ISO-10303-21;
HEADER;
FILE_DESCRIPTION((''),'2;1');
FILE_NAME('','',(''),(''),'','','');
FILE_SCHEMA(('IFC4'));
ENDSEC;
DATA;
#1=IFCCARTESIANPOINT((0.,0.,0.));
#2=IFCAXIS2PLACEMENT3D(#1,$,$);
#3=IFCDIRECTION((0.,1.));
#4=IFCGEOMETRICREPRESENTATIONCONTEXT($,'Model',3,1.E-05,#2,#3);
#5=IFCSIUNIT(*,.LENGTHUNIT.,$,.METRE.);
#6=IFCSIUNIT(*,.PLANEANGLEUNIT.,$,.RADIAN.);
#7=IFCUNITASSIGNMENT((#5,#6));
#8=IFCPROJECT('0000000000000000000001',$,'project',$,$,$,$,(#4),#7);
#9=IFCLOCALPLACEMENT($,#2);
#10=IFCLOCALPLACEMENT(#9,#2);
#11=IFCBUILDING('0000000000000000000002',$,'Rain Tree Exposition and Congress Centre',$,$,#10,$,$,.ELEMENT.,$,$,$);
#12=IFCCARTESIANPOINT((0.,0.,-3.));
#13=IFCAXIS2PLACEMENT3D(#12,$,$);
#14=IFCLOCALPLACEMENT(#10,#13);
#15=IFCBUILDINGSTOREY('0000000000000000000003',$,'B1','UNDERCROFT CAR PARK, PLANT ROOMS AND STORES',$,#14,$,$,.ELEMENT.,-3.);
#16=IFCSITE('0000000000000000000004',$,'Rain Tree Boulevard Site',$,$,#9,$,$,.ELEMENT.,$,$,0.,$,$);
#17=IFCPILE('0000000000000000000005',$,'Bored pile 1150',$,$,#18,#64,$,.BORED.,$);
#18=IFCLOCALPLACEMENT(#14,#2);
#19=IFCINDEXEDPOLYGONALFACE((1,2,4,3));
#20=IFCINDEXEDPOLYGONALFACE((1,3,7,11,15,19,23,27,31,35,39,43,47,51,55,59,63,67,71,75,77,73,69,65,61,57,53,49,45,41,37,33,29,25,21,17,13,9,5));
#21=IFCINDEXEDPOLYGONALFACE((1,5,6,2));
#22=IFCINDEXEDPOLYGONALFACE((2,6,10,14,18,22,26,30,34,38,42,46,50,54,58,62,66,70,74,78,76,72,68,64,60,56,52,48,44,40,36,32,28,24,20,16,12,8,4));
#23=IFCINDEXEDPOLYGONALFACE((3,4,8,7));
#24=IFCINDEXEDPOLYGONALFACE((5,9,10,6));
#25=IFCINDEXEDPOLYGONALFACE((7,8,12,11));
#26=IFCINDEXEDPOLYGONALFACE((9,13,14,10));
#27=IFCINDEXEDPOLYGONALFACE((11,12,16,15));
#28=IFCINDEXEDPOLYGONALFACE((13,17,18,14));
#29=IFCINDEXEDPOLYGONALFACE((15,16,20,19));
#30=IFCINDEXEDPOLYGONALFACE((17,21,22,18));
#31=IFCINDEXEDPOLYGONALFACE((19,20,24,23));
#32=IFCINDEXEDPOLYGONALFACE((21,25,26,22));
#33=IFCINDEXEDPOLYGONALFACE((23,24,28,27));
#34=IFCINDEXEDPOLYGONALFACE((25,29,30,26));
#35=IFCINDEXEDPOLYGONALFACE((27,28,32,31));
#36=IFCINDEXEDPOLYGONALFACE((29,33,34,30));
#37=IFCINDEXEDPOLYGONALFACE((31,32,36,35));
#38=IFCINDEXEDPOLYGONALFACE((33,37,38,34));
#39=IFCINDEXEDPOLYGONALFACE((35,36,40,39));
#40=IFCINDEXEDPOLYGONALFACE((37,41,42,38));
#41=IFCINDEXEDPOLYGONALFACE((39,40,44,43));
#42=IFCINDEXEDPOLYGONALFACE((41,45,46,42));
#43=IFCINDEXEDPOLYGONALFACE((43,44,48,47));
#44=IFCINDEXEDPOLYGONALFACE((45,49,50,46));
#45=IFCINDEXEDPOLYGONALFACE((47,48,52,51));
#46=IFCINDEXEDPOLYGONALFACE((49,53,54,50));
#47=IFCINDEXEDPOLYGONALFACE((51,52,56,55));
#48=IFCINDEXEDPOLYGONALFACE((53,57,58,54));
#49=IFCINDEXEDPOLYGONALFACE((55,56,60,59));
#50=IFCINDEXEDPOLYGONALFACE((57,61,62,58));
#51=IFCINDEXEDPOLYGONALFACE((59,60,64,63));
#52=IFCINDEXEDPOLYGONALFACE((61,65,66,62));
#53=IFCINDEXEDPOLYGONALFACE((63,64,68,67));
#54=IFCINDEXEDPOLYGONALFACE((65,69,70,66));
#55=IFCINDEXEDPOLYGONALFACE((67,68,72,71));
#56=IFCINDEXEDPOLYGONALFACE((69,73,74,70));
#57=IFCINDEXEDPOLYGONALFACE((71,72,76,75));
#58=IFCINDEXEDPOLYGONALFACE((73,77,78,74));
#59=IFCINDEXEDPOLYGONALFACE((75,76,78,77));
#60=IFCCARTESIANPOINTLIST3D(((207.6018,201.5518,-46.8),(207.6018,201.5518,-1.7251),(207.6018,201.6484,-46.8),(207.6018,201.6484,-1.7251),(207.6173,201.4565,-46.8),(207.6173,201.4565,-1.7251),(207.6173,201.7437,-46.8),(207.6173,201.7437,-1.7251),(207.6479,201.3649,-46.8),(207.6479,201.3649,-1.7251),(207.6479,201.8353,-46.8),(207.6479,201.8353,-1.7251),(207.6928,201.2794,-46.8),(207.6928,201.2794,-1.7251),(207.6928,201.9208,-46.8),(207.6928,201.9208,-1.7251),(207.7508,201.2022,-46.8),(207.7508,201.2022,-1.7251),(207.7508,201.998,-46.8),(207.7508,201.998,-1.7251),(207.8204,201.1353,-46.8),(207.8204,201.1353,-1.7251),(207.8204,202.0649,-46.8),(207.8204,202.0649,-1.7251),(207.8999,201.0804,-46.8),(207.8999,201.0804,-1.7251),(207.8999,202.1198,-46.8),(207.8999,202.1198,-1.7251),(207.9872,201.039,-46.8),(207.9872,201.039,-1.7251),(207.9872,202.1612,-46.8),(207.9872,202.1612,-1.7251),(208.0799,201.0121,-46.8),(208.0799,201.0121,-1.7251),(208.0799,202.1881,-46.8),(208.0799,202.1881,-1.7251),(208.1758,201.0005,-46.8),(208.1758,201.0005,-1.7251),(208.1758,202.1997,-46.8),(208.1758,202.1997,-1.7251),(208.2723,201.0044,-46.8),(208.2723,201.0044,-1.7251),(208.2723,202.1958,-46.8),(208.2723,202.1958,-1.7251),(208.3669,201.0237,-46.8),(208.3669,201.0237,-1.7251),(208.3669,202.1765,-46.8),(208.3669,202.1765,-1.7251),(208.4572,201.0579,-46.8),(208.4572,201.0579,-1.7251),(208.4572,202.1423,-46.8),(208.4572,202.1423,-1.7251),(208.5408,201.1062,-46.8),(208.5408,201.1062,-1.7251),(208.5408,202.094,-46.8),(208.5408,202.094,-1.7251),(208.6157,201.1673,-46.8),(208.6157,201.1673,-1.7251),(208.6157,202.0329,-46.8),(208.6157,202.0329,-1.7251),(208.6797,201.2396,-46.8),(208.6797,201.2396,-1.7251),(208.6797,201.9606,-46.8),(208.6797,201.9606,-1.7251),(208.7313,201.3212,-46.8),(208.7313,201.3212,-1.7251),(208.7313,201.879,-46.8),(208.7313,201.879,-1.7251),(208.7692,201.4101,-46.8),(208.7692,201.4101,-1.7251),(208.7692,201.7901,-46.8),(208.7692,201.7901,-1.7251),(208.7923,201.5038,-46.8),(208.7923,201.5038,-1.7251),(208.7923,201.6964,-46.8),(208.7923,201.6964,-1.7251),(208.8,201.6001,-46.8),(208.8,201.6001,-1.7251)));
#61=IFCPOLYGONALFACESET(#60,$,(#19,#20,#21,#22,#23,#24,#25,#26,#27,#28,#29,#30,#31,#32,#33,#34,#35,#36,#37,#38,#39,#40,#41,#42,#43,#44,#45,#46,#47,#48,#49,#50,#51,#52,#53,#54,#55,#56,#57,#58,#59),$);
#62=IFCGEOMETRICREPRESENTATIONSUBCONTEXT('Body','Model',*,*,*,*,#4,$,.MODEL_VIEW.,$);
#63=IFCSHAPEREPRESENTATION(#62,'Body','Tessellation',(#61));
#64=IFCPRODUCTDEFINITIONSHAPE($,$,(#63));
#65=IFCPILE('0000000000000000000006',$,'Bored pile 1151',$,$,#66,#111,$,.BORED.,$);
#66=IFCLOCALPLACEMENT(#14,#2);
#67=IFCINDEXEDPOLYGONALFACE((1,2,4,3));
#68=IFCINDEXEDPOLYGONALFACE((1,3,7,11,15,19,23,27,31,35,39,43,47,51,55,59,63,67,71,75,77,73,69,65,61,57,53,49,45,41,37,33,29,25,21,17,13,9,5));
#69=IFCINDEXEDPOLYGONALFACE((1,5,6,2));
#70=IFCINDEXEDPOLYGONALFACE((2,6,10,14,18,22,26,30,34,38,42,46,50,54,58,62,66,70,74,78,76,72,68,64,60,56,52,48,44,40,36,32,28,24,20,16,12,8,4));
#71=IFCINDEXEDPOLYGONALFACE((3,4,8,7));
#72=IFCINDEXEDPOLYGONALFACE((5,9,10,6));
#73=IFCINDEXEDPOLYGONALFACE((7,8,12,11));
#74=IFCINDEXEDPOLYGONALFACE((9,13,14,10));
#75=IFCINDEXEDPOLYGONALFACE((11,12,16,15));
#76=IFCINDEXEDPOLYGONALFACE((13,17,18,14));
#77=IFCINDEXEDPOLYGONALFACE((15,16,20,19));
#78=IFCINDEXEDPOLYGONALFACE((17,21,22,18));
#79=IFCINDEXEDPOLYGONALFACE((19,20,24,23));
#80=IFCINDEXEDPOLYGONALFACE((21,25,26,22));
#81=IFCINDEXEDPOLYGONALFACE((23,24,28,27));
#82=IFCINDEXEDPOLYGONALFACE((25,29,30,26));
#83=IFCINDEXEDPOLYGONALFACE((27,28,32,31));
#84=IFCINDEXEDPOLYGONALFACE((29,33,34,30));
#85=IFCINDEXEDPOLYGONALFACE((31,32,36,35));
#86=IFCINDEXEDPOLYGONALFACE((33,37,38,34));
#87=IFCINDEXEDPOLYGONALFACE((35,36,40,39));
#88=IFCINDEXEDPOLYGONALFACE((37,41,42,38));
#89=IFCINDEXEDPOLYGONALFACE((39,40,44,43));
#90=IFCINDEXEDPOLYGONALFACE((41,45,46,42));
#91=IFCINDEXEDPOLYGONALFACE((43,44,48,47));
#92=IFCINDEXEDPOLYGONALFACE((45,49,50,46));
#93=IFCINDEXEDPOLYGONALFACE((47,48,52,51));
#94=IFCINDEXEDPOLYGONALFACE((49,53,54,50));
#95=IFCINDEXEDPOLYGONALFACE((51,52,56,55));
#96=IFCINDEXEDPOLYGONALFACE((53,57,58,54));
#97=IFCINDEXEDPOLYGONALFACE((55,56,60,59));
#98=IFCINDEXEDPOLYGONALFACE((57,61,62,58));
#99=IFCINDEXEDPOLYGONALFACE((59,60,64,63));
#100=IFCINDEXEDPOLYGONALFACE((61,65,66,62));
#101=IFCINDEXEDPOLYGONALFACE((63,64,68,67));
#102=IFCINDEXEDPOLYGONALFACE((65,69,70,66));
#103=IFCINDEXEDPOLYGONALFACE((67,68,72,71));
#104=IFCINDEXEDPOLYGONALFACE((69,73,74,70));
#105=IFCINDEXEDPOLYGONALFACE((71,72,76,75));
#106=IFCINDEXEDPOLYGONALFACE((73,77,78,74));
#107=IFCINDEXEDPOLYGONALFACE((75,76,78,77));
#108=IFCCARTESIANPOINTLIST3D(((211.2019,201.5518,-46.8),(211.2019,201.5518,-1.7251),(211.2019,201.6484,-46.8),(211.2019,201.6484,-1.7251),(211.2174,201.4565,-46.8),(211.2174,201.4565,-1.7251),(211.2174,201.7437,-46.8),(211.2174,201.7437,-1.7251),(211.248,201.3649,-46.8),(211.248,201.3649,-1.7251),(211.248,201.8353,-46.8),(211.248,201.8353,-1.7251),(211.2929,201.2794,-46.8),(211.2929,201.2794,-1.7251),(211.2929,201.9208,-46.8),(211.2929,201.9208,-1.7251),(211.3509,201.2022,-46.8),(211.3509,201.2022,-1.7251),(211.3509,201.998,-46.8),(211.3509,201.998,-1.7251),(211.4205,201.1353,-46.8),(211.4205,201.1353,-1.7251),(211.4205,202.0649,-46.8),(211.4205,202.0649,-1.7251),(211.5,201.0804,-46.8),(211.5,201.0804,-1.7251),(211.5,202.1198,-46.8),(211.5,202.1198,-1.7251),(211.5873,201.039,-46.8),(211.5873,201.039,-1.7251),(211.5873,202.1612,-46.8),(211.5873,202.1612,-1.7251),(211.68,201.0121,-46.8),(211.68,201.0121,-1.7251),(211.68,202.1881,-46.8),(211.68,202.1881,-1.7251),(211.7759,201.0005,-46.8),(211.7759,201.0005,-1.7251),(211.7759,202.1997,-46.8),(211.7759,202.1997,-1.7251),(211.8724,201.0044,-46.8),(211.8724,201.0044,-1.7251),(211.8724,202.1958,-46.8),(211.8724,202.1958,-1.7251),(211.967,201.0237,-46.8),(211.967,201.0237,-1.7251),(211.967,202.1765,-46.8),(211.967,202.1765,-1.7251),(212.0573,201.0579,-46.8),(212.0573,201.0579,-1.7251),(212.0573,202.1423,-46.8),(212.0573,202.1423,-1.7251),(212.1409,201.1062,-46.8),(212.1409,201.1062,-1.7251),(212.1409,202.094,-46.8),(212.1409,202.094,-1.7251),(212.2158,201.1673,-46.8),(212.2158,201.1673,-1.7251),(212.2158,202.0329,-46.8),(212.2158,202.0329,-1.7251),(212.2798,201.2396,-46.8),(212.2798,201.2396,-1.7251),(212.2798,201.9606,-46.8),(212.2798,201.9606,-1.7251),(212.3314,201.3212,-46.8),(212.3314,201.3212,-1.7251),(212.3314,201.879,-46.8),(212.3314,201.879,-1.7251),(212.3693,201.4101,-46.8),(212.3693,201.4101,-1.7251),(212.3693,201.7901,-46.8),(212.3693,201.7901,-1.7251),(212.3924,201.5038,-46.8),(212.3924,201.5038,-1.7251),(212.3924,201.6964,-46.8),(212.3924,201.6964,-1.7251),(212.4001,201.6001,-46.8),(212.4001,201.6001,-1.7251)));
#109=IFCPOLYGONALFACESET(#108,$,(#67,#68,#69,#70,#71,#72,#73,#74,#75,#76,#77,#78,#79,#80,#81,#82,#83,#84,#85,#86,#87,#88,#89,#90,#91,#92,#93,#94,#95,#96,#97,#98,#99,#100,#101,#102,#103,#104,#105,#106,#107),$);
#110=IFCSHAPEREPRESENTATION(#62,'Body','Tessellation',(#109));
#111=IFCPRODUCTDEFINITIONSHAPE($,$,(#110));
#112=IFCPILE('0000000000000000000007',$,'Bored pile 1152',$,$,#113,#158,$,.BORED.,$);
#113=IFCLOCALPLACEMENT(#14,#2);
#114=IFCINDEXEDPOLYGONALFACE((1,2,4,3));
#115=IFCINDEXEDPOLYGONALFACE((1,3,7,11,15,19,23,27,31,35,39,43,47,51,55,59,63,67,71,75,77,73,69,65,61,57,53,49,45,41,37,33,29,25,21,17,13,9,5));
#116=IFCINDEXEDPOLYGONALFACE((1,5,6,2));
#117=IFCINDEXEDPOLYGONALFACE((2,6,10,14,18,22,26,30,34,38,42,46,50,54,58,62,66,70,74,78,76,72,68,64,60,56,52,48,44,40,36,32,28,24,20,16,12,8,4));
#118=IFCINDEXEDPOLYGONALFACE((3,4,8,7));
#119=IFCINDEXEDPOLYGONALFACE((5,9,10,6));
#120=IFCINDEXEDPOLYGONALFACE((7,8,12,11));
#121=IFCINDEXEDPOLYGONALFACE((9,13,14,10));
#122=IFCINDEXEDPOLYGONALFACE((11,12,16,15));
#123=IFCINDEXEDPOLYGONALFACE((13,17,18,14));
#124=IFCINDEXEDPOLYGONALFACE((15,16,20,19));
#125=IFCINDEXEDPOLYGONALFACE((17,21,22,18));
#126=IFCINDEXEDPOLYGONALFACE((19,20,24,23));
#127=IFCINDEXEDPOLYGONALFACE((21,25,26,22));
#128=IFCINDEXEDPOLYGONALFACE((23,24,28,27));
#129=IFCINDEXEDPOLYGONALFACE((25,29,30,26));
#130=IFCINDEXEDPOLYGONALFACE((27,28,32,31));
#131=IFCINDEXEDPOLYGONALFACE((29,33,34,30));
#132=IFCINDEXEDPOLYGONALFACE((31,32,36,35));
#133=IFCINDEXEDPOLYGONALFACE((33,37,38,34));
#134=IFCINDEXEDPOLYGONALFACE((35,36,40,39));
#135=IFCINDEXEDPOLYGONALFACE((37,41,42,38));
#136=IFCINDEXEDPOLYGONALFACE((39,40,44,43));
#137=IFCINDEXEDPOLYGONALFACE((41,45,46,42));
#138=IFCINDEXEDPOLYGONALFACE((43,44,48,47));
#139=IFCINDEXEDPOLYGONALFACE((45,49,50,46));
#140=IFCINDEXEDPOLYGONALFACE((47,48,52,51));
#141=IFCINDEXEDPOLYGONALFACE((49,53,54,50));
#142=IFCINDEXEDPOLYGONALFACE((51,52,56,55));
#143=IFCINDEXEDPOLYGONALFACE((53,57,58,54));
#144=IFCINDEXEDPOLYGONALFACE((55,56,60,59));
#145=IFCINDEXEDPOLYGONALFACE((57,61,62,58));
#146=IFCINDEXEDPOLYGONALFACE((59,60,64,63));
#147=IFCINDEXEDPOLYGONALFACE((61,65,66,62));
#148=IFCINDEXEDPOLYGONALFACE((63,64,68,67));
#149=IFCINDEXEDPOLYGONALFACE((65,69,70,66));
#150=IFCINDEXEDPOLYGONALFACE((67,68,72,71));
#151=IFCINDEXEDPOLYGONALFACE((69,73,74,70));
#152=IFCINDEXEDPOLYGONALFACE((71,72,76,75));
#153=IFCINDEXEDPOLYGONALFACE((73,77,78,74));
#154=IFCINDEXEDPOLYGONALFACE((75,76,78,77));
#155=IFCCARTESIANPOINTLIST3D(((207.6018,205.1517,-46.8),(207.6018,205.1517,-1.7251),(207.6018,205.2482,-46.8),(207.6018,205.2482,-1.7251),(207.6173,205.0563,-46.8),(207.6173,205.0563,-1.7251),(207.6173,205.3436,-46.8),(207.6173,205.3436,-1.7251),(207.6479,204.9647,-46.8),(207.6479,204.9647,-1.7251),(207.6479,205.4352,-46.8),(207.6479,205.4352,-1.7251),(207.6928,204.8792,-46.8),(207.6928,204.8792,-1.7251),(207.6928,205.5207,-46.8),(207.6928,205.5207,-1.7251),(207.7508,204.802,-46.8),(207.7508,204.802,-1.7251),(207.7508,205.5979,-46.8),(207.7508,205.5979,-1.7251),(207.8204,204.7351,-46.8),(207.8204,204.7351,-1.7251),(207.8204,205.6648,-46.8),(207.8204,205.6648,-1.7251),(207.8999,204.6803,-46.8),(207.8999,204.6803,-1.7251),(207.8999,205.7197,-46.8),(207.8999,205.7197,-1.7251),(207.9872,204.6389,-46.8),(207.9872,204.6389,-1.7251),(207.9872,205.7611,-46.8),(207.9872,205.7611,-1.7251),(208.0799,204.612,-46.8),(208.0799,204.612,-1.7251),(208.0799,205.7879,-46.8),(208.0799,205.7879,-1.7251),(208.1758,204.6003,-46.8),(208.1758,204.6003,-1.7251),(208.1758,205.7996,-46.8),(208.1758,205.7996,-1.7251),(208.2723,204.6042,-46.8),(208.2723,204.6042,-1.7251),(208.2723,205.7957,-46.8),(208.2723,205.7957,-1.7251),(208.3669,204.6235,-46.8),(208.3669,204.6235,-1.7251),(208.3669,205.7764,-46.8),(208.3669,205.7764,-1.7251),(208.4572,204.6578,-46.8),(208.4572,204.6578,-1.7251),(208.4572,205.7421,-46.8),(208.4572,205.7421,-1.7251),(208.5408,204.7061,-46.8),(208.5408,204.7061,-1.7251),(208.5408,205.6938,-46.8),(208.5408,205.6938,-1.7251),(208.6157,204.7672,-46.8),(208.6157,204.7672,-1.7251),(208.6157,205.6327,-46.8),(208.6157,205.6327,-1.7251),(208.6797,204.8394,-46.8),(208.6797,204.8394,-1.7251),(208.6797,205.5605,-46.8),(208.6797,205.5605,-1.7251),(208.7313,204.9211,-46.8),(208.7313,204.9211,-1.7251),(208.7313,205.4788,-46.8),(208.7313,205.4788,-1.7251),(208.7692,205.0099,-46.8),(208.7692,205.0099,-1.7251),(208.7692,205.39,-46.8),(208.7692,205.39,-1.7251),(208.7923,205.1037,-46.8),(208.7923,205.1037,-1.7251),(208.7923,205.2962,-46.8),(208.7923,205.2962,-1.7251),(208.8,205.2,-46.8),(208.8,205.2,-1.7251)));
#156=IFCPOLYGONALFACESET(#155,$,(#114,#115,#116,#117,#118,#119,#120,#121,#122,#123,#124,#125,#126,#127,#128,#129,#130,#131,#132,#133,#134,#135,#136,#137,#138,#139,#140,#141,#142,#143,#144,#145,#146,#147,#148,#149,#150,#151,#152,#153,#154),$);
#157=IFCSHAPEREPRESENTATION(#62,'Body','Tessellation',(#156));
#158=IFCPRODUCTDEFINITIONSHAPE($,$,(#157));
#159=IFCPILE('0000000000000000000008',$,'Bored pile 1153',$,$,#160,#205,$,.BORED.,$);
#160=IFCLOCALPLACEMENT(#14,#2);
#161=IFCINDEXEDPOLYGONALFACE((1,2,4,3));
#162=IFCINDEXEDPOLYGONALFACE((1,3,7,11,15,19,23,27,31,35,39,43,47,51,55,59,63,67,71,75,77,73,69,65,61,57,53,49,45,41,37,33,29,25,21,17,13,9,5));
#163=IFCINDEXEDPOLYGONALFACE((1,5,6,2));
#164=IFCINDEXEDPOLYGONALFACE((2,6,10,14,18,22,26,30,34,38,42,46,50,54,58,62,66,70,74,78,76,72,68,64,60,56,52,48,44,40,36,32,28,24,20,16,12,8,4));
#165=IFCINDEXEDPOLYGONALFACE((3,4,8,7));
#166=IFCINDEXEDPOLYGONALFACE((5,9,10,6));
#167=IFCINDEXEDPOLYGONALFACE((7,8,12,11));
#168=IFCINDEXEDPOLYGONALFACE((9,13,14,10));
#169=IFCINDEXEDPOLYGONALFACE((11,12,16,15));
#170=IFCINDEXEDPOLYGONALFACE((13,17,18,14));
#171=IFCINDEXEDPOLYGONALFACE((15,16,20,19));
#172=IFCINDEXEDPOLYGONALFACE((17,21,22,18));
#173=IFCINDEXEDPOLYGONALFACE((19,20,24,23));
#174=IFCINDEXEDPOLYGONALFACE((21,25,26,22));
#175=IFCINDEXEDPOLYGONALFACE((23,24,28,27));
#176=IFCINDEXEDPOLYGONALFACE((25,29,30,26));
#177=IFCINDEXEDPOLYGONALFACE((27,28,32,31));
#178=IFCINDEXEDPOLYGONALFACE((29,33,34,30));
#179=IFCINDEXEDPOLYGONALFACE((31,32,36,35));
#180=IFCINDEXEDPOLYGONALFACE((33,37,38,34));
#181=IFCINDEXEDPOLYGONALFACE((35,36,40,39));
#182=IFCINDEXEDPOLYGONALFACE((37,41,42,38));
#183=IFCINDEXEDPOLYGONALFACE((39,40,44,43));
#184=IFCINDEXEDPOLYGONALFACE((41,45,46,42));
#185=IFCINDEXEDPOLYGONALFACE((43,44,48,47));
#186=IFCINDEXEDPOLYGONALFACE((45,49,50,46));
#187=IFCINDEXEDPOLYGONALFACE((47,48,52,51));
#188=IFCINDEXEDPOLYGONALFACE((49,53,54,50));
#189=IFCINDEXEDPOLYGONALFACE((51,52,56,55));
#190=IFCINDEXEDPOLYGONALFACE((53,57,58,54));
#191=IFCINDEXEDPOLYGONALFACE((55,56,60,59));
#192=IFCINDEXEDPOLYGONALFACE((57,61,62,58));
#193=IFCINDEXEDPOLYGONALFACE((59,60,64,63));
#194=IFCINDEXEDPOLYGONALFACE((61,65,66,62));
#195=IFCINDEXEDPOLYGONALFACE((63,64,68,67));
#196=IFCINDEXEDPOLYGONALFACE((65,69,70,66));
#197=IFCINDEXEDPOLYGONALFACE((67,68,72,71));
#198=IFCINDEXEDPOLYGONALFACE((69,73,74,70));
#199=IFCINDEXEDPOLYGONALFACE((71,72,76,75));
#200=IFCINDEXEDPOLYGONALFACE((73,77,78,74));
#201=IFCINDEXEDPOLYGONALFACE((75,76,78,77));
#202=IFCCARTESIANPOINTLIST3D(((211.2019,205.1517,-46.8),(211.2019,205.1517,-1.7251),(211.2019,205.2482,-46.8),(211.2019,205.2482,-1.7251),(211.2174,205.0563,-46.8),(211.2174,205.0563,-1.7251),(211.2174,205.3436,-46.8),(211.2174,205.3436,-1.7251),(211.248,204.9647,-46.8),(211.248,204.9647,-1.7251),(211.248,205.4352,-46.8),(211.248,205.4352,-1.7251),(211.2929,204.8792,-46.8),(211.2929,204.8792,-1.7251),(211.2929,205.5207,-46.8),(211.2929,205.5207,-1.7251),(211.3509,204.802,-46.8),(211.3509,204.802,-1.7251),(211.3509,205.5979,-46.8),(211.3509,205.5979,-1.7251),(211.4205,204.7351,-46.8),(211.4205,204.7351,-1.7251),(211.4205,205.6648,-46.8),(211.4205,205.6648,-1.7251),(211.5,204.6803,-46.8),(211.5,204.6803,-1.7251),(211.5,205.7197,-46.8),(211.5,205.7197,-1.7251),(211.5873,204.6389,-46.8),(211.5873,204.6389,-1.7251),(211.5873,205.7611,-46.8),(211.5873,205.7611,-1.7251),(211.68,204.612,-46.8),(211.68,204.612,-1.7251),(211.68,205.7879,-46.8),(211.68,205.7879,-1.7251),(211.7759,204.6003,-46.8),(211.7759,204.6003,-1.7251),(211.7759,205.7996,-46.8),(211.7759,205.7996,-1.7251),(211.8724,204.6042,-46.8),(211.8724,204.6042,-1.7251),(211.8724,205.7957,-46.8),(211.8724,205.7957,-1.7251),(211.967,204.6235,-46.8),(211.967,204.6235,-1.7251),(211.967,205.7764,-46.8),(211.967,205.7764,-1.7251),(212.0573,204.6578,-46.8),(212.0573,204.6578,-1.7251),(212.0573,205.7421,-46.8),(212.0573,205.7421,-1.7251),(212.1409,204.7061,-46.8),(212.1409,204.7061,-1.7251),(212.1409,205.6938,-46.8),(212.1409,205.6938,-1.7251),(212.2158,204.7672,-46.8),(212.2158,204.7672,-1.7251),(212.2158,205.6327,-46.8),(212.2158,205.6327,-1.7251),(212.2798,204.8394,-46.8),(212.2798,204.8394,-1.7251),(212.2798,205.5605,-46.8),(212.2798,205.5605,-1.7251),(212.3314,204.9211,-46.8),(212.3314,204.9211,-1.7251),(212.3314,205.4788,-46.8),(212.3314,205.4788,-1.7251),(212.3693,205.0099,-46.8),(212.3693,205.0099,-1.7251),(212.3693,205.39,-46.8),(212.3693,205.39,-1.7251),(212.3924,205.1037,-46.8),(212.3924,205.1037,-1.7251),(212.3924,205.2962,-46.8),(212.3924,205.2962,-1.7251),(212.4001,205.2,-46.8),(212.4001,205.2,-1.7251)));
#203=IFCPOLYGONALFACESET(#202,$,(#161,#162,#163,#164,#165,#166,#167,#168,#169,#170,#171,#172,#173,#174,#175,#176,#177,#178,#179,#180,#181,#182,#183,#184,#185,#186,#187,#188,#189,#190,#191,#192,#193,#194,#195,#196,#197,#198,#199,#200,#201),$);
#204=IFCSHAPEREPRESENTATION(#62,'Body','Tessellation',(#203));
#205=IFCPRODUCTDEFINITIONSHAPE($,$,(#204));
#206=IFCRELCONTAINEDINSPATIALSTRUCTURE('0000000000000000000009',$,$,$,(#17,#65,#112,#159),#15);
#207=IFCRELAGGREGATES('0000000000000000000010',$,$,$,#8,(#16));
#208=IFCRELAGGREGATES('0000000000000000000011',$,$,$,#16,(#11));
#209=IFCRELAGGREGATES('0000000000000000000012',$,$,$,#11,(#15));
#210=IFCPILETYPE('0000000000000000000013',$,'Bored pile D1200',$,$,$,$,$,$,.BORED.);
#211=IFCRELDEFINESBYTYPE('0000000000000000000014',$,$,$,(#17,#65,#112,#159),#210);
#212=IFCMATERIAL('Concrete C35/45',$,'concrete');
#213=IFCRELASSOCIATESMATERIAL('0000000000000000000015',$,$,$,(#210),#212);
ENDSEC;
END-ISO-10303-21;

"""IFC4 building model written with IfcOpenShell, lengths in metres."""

from ifc_helpers import new_model, si_unit, direction, frame, origin, origin_2d, place, context, subcontext, project, spatial, circle, extrude, material, material_profile, profile_set, type_object, element, save


model = new_model("IFC4")

# Units and contexts
model_context = context("Model", 3, precision=1e-05, world=origin(), true_north=direction((0.0, 1.0)))
body_context = subcontext(model_context, "Body", "Model", "MODEL_VIEW")
ifc_project = project(units=[si_unit("LENGTHUNIT", "METRE"), si_unit("PLANEANGLEUNIT", "RADIAN")], contexts=[model_context])

# Site, building, storey
site_placement = place(None, origin())
site = spatial("IfcSite", under=ifc_project, at=site_placement, Name="Rain Tree Boulevard Site", CompositionType="ELEMENT", RefElevation=0.0)
building_placement = place(site_placement, origin())
building = spatial("IfcBuilding", under=site, at=building_placement, Name="Rain Tree Exposition and Congress Centre", CompositionType="ELEMENT")
storey_placement = place(building_placement, frame((0.0, 0.0, -3.0)))
storey = spatial("IfcBuildingStorey", under=building, at=storey_placement, Name="B1", Description="UNDERCROFT CAR PARK, PLANT ROOMS AND STORES", CompositionType="ELEMENT", Elevation=-3.0)

# Piles
ifc_material_1 = material(Name="Concrete C35/45", Category="concrete")
ifc_material_profile_1 = material_profile(ifc_material_1, circle(Radius=0.6001, at=origin_2d()), Name="D1200")
ifc_profile_set_1 = profile_set([ifc_material_profile_1], Name="Concrete C35/45")
pile_type_1 = type_object("IfcPileType", Name="Bored pile D1200", PredefinedType="BORED", material=ifc_profile_set_1)
for number, where, z_axis, x_axis, name in (
    (1, (208.2, 201.6001, -1.7251), (0.0, 0.0, -1.0), (1.0, 0.0, 0.0), "Bored pile 1150"),
    (2, (211.8, 201.6001, -1.7251), (0.0, 0.0, -1.0), (1.0, 0.0, 0.0), "Bored pile 1151"),
    (3, (208.2, 205.2, -1.7251), (0.0, 0.0, -1.0), (1.0, 0.0, 0.0), "Bored pile 1152"),
    (4, (211.8, 205.2, -1.7251), (0.0, 0.0, -1.0), (1.0, 0.0, 0.0), "Bored pile 1153"),
):
    element("IfcPile", number, at=place(storey_placement, frame(where, z_axis=z_axis, x_axis=x_axis)), inside=storey, type_object=pile_type_1, Name=name, PredefinedType="BORED", context=body_context, shape_type="SweptSolid", body=[
        extrude(circle(Radius=0.6001, at=origin_2d()), origin(), (0.0, 0.0, 1.0), 45.075),
    ])

save(model, "model.ifc")
